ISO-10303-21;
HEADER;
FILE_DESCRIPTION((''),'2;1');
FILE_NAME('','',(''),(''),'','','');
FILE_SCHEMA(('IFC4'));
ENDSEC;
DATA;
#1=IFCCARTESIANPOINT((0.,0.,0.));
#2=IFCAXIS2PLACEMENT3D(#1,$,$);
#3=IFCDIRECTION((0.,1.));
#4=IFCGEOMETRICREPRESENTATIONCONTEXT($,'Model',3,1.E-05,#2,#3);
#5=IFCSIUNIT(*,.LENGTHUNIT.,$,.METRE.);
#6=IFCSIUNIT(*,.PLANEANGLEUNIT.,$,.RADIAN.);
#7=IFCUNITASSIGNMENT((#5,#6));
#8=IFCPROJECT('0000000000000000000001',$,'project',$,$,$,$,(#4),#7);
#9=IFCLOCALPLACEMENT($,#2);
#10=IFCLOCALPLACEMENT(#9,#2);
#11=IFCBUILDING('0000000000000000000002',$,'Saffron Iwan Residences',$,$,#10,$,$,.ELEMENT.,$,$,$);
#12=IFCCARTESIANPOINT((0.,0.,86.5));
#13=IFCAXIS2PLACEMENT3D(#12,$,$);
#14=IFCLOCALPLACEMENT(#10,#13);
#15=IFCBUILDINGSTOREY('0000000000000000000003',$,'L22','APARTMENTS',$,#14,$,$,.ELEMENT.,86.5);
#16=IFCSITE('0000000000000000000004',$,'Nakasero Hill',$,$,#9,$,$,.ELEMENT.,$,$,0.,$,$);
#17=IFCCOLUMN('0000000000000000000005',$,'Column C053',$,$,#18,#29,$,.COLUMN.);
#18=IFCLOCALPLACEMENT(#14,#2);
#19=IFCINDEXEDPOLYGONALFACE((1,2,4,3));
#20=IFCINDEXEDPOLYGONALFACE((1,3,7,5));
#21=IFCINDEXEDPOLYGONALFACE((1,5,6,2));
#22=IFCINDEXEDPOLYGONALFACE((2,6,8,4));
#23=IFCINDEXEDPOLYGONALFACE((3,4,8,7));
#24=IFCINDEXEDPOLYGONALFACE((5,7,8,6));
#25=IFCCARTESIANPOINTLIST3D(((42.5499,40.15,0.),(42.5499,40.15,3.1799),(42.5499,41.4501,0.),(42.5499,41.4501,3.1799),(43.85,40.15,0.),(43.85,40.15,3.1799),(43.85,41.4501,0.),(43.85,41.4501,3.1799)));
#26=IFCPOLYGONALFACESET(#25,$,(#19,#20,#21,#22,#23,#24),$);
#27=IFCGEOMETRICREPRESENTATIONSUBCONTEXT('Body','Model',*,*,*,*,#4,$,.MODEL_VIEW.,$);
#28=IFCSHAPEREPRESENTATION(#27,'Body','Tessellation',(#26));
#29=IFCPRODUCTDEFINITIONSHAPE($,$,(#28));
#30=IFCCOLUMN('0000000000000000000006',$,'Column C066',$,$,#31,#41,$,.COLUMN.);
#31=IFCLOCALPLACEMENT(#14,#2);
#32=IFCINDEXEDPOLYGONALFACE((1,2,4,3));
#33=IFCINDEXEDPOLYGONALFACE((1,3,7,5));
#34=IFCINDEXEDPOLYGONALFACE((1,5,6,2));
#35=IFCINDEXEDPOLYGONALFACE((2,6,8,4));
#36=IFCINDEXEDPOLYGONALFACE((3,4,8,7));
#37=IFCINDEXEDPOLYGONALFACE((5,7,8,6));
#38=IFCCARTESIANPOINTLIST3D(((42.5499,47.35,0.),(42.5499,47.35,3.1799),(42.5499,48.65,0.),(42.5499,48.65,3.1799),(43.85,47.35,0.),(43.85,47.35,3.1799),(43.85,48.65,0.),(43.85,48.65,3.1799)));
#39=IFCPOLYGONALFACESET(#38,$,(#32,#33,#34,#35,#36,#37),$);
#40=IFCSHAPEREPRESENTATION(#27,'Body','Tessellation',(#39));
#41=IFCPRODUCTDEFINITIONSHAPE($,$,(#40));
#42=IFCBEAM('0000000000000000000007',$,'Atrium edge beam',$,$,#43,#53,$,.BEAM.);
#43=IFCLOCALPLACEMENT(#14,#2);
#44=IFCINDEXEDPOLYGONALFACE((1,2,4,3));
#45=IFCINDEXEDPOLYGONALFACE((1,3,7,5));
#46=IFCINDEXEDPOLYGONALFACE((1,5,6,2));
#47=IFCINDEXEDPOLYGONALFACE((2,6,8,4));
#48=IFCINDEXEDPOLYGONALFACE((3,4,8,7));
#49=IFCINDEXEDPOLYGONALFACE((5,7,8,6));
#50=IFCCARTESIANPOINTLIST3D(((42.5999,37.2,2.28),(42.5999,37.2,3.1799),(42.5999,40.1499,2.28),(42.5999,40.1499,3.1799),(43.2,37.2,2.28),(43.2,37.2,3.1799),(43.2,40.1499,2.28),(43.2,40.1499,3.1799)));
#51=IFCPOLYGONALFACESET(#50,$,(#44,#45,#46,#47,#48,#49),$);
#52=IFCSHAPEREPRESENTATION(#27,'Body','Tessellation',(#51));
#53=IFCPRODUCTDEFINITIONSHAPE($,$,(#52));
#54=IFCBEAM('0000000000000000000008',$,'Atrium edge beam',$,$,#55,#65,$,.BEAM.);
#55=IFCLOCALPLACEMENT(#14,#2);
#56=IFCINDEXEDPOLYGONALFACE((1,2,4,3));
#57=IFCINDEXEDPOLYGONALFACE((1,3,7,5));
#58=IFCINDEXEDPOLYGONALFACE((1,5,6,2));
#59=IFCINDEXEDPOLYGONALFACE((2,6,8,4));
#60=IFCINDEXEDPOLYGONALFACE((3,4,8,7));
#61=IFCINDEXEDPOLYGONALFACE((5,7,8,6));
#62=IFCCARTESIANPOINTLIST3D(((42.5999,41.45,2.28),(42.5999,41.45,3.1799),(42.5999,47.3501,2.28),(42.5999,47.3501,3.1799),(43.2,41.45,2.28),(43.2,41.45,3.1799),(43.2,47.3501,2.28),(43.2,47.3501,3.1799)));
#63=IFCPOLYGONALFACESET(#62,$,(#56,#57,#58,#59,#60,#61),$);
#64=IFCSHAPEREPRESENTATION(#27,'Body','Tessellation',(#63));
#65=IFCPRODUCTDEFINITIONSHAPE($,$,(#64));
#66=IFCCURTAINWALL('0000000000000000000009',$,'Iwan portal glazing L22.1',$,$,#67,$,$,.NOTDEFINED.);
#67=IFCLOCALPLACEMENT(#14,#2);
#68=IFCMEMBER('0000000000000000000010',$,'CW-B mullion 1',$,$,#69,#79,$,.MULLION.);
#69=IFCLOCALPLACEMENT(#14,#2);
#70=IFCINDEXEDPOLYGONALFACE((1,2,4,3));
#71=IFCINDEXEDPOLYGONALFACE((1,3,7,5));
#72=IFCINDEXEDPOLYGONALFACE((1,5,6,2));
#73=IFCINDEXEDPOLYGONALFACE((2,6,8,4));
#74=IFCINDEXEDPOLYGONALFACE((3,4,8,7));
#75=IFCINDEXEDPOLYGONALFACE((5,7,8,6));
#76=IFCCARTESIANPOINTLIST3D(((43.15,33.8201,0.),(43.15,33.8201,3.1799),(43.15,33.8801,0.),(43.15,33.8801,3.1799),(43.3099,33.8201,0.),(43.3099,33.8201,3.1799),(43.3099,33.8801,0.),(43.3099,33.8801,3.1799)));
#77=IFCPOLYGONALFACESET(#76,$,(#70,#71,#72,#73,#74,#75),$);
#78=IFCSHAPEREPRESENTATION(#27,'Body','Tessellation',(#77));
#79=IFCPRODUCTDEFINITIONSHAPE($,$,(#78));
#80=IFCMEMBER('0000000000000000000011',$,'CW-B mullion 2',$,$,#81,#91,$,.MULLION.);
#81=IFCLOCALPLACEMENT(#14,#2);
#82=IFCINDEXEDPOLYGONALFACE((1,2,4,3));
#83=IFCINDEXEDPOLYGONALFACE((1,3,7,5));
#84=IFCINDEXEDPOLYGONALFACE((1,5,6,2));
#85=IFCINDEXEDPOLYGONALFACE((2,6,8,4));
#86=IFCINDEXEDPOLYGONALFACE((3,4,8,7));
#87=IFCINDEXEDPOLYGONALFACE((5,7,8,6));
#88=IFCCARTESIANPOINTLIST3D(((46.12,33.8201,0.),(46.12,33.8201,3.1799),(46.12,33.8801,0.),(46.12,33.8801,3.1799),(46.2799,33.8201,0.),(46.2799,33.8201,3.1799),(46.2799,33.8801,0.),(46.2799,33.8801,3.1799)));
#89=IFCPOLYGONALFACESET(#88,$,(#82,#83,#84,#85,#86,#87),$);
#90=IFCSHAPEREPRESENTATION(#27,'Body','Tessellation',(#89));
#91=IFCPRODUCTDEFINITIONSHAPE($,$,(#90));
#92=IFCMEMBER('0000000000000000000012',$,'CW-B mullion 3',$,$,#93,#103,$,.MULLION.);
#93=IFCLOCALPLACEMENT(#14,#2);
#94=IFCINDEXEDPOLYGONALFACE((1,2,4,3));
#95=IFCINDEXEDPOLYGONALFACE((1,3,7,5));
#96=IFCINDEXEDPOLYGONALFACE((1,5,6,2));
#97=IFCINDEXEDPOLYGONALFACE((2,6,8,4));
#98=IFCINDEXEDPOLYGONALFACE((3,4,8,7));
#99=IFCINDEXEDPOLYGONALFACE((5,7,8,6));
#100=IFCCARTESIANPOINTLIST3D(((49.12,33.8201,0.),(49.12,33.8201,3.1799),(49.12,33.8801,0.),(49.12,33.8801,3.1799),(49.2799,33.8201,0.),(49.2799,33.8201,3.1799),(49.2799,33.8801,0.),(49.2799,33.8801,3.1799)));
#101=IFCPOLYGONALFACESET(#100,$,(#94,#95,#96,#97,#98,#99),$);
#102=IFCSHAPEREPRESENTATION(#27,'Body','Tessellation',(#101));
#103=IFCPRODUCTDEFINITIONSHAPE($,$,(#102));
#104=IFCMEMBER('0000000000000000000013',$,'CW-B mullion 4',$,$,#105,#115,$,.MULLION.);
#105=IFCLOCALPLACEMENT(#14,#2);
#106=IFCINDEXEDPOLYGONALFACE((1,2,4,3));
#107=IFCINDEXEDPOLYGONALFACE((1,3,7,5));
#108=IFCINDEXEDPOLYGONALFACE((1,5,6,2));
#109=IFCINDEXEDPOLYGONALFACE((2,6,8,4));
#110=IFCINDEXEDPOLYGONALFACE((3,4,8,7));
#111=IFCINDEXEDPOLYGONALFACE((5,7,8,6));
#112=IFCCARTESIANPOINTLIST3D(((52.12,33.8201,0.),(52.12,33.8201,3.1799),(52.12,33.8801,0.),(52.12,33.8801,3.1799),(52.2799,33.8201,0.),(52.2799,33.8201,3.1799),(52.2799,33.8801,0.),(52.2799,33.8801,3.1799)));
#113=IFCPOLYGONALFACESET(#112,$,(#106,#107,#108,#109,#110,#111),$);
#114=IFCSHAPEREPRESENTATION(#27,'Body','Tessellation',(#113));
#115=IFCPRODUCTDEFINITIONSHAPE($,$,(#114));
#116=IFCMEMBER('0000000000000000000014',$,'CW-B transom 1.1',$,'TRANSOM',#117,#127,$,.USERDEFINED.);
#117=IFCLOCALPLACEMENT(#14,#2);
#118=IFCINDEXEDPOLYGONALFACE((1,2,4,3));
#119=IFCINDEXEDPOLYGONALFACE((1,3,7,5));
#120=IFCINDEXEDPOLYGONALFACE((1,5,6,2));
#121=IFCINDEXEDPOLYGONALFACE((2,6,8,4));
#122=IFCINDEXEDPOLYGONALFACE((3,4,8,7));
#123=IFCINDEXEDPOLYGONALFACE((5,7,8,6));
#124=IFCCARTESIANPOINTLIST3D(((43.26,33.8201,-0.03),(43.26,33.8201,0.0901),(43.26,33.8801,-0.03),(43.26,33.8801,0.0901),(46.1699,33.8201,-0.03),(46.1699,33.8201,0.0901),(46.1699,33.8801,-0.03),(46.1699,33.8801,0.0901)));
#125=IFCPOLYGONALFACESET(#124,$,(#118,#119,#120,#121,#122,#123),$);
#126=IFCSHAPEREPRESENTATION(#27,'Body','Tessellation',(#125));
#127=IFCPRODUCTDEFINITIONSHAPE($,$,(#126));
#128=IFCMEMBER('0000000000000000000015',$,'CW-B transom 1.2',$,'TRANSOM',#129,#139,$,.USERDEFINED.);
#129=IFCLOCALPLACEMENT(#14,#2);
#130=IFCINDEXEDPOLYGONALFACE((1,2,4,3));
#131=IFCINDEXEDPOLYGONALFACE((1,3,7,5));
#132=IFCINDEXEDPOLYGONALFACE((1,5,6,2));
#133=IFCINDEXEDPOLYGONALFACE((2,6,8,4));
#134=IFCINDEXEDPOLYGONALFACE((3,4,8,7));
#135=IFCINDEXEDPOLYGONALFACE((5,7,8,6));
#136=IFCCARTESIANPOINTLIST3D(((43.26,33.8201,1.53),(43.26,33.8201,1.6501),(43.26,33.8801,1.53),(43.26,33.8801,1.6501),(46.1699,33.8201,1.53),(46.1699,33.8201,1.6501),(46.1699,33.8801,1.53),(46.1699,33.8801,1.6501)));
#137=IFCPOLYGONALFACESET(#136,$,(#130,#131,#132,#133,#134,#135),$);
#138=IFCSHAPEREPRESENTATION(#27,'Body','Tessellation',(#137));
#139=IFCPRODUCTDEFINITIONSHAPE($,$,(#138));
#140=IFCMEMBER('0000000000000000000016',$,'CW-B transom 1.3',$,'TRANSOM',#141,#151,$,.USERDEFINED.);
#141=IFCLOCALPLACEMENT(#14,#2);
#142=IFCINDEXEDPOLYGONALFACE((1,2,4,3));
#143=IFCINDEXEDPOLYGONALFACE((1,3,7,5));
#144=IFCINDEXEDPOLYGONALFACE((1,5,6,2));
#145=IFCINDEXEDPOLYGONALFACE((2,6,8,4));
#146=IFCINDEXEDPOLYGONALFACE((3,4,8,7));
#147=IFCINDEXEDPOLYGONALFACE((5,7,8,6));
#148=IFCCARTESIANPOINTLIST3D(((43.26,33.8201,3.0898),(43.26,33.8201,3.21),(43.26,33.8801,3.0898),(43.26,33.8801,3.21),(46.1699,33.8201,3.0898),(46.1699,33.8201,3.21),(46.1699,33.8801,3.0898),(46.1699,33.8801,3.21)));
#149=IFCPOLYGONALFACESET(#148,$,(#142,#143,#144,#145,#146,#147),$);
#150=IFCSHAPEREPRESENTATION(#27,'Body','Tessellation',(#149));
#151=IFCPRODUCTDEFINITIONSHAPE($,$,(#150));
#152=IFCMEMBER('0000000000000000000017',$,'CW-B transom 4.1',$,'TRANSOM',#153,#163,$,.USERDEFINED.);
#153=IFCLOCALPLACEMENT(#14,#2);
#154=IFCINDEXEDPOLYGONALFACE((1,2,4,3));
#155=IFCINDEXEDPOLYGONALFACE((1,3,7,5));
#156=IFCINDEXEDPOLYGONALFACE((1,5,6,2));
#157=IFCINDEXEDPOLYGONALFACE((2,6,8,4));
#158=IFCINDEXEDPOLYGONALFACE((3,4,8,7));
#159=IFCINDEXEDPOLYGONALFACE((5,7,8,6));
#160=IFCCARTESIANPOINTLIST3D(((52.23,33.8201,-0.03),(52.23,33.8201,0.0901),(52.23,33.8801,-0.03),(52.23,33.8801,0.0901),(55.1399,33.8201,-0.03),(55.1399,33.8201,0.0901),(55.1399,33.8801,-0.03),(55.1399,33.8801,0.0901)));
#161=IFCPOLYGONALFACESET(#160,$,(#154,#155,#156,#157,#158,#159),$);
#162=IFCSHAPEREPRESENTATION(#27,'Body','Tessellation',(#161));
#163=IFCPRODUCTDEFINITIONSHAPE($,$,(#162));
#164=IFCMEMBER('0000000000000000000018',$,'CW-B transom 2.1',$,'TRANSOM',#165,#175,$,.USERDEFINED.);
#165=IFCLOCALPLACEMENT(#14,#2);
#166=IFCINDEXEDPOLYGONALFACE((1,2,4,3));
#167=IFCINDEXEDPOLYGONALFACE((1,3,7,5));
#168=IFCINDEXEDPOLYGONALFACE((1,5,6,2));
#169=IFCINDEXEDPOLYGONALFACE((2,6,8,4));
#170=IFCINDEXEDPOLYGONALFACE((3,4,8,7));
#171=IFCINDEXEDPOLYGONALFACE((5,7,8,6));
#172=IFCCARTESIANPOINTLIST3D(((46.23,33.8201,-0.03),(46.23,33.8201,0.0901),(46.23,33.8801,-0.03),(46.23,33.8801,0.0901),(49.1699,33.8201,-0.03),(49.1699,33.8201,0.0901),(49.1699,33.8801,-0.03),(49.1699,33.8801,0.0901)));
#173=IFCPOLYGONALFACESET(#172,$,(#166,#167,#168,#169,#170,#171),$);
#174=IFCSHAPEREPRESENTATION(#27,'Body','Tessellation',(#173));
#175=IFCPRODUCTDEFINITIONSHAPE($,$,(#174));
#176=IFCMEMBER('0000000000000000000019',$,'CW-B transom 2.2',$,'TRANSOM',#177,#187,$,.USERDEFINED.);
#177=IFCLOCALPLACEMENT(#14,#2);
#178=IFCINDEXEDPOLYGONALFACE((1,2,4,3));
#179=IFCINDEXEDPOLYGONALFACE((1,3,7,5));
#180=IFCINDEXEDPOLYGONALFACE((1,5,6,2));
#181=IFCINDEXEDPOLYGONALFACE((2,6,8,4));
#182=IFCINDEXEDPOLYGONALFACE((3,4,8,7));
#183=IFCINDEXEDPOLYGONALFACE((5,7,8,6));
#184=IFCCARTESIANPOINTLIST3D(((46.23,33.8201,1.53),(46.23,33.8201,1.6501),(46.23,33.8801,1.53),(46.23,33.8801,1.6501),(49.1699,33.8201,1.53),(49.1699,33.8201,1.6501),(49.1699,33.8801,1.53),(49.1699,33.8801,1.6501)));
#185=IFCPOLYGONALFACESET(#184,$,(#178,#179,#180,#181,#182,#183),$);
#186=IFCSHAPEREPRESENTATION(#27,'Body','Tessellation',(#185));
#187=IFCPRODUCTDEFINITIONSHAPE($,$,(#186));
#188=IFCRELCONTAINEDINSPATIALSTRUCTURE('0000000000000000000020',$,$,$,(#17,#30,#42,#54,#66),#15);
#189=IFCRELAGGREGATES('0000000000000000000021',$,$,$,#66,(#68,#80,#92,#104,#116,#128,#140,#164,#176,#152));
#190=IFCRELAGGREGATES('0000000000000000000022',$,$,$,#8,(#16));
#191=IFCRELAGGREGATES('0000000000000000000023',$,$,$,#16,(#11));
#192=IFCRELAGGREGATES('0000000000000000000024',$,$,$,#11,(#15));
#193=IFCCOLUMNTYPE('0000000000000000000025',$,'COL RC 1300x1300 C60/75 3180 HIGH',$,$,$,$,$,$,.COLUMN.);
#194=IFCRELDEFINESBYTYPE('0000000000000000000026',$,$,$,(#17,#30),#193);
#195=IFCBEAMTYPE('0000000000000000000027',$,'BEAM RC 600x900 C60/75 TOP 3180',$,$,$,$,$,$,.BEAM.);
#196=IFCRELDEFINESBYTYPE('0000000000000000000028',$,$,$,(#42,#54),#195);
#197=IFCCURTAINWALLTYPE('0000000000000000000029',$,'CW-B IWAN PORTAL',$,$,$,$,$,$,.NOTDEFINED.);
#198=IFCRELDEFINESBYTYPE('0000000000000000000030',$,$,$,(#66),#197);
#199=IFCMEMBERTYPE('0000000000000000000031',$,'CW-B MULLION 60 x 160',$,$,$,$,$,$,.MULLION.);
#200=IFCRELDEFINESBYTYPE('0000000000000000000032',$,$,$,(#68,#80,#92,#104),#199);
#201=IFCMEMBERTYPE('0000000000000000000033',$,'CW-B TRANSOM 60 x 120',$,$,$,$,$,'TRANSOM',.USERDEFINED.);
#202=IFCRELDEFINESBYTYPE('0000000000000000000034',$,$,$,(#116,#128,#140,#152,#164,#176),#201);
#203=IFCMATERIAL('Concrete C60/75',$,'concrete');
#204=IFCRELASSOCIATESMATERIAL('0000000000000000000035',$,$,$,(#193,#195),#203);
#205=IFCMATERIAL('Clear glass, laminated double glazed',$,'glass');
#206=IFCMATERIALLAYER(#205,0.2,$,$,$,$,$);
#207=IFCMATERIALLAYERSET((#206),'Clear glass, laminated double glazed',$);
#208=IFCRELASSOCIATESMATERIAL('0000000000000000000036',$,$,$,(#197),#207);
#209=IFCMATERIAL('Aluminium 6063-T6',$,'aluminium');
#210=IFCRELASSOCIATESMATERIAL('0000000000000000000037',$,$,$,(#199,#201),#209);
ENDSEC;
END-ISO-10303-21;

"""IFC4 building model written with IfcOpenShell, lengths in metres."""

from ifc_helpers import new_model, si_unit, direction, frame, origin, origin_2d, place, context, subcontext, project, spatial, rectangle, extrude, source, transform, mapped, material, layer, layer_set, material_profile, profile_set, type_object, element, aggregate, save


model = new_model("IFC4")

# Units and contexts
model_context = context("Model", 3, precision=1e-05, world=origin(), true_north=direction((0.0, 1.0)))
body_context = subcontext(model_context, "Body", "Model", "MODEL_VIEW")
ifc_project = project(units=[si_unit("LENGTHUNIT", "METRE"), si_unit("PLANEANGLEUNIT", "RADIAN")], contexts=[model_context])

# Site, building, storey
site_placement = place(None, origin())
site = spatial("IfcSite", under=ifc_project, at=site_placement, Name="Nakasero Hill", CompositionType="ELEMENT", RefElevation=0.0)
building_placement = place(site_placement, origin())
building = spatial("IfcBuilding", under=site, at=building_placement, Name="Saffron Iwan Residences", CompositionType="ELEMENT")
storey_placement = place(building_placement, frame((0.0, 0.0, 86.5)))
storey = spatial("IfcBuildingStorey", under=building, at=storey_placement, Name="L22", Description="APARTMENTS", CompositionType="ELEMENT", Elevation=86.5)

# Columns
ifc_material_1 = material(Name="Concrete C60/75", Category="concrete")
ifc_material_profile_1 = material_profile(ifc_material_1, rectangle(XDim=1.3, YDim=1.3, at=origin_2d()), Name="RC 1300x1300")
ifc_profile_set_1 = profile_set([ifc_material_profile_1], Name="Concrete C60/75")
column_type = type_object("IfcColumnType", Name="COL RC 1300x1300 C60/75 3180 HIGH", PredefinedType="COLUMN", material=ifc_profile_set_1)
shared_shape_1 = source(origin(), body_context, "Body", "SweptSolid", [
    extrude(rectangle(XDim=1.3, YDim=1.3, at=origin_2d()), origin(), (0.0, 0.0, 1.0), 3.1799),
])
for number, where, z_axis, x_axis, name in (
    (1, (43.2, 40.8, 0.0), (0.0, 0.0, 1.0), (1.0, 0.0, 0.0), "Column C053"),
    (2, (43.2, 48.0, 0.0), (0.0, 0.0, 1.0), (1.0, 0.0, 0.0), "Column C066"),
):
    element("IfcColumn", number, at=place(storey_placement, frame(where, z_axis=z_axis, x_axis=x_axis)), inside=storey, type_object=column_type, Name=name, PredefinedType="COLUMN", context=body_context, shape_type="MappedRepresentation", body=[
        mapped(shared_shape_1, transform((0.0, 0.0, 0.0))),
    ])

# Beams
ifc_material_profile_2 = material_profile(ifc_material_1, rectangle(XDim=0.6001, YDim=0.8999, at=origin_2d()), Name="RC 600x900")
ifc_profile_set_2 = profile_set([ifc_material_profile_2], Name="Concrete C60/75")
beam_type = type_object("IfcBeamType", Name="BEAM RC 600x900 C60/75 TOP 3180", PredefinedType="BEAM", material=ifc_profile_set_2)
shared_shape_2 = source(origin(), body_context, "Body", "SweptSolid", [
    extrude(rectangle(XDim=0.6001, YDim=0.8999, at=origin_2d()), origin(), (0.0, 0.0, 1.0), 2.95),
])
beam_1_placement = place(storey_placement, frame((42.8999, 37.2, 2.73), z_axis=(0.0, 1.0, 0.0), x_axis=(-1.0, 0.0, 0.0)))
element("IfcBeam", 3, at=beam_1_placement, inside=storey, type_object=beam_type, Name="Atrium edge beam", PredefinedType="BEAM", context=body_context, shape_type="MappedRepresentation", body=[
    mapped(shared_shape_2, transform((0.0, 0.0, 0.0))),
])
shared_shape_3 = source(origin(), body_context, "Body", "SweptSolid", [
    extrude(rectangle(XDim=0.6001, YDim=0.8999, at=origin_2d()), origin(), (0.0, 0.0, 1.0), 5.9001),
])
beam_2_placement = place(storey_placement, frame((42.8999, 41.45, 2.73), z_axis=(0.0, 1.0, 0.0), x_axis=(-1.0, 0.0, 0.0)))
element("IfcBeam", 4, at=beam_2_placement, inside=storey, type_object=beam_type, Name="Atrium edge beam", PredefinedType="BEAM", context=body_context, shape_type="MappedRepresentation", body=[
    mapped(shared_shape_3, transform((0.0, 0.0, 0.0))),
])

# Curtain wall, members
ifc_material_2 = material(Name="Clear glass, laminated double glazed", Category="glass")
ifc_layer_1 = layer(ifc_material_2, 0.2)
ifc_layer_set_1 = layer_set([ifc_layer_1], Name="Clear glass, laminated double glazed")
curtain_wall_type = type_object("IfcCurtainWallType", Name="CW-B IWAN PORTAL", PredefinedType="NOTDEFINED", material=ifc_layer_set_1)
curtain_wall_placement = place(storey_placement, origin())
curtain_wall = element("IfcCurtainWall", 5, at=curtain_wall_placement, inside=storey, type_object=curtain_wall_type, Name="Iwan portal glazing L22.1", PredefinedType="NOTDEFINED")
ifc_material_3 = material(Name="Aluminium 6063-T6", Category="aluminium")
ifc_material_profile_3 = material_profile(ifc_material_3, rectangle(XDim=0.0601, YDim=0.1599, at=origin_2d()), Name="CW-B MULLION 60 x 160")
ifc_profile_set_3 = profile_set([ifc_material_profile_3], Name="Aluminium 6063-T6")
member_type_1 = type_object("IfcMemberType", Name="CW-B MULLION 60 x 160", PredefinedType="MULLION", material=ifc_profile_set_3)
shared_shape_4 = source(origin(), body_context, "Body", "SweptSolid", [
    extrude(rectangle(XDim=0.0601, YDim=0.1599, at=origin_2d()), origin(), (0.0, 0.0, 1.0), 3.1799),
])
member_1_placement = place(storey_placement, frame((43.23, 33.8501, 0.0), z_axis=(0.0, 0.0, 1.0), x_axis=(0.0, 1.0, 0.0)))
member_1 = element("IfcMember", 6, at=member_1_placement, type_object=member_type_1, Name="CW-B mullion 1", PredefinedType="MULLION", context=body_context, shape_type="MappedRepresentation", body=[
    mapped(shared_shape_4, transform((0.0, 0.0, 0.0))),
])
member_2_placement = place(storey_placement, frame((46.2, 33.8501, 0.0), z_axis=(0.0, 0.0, 1.0), x_axis=(0.0, 1.0, 0.0)))
member_2 = element("IfcMember", 7, at=member_2_placement, type_object=member_type_1, Name="CW-B mullion 2", PredefinedType="MULLION", context=body_context, shape_type="MappedRepresentation", body=[
    mapped(shared_shape_4, transform((0.0, 0.0, 0.0))),
])
member_3_placement = place(storey_placement, frame((49.2, 33.8501, 0.0), z_axis=(0.0, 0.0, 1.0), x_axis=(0.0, 1.0, 0.0)))
member_3 = element("IfcMember", 8, at=member_3_placement, type_object=member_type_1, Name="CW-B mullion 3", PredefinedType="MULLION", context=body_context, shape_type="MappedRepresentation", body=[
    mapped(shared_shape_4, transform((0.0, 0.0, 0.0))),
])
member_4_placement = place(storey_placement, frame((52.2, 33.8501, 0.0), z_axis=(0.0, 0.0, 1.0), x_axis=(0.0, 1.0, 0.0)))
member_4 = element("IfcMember", 9, at=member_4_placement, type_object=member_type_1, Name="CW-B mullion 4", PredefinedType="MULLION", context=body_context, shape_type="MappedRepresentation", body=[
    mapped(shared_shape_4, transform((0.0, 0.0, 0.0))),
])
ifc_material_profile_4 = material_profile(ifc_material_3, rectangle(XDim=0.0601, YDim=0.1201, at=origin_2d()), Name="CW-B TRANSOM 60 x 120")
ifc_profile_set_4 = profile_set([ifc_material_profile_4], Name="Aluminium 6063-T6")
member_type_2 = type_object("IfcMemberType", Name="CW-B TRANSOM 60 x 120", ElementType="TRANSOM", PredefinedType="USERDEFINED", material=ifc_profile_set_4)
shared_shape_5 = source(origin(), body_context, "Body", "SweptSolid", [
    extrude(rectangle(XDim=0.0601, YDim=0.1201, at=origin_2d()), origin(), (0.0, 0.0, 1.0), 2.9099),
])
member_5_placement = place(storey_placement, frame((43.26, 33.8501, 0.03), z_axis=(1.0, 0.0, 0.0), x_axis=(0.0, 1.0, 0.0)))
member_5 = element("IfcMember", 10, at=member_5_placement, type_object=member_type_2, Name="CW-B transom 1.1", ObjectType="TRANSOM", PredefinedType="USERDEFINED", context=body_context, shape_type="MappedRepresentation", body=[
    mapped(shared_shape_5, transform((0.0, 0.0, 0.0))),
])
member_6_placement = place(storey_placement, frame((43.26, 33.8501, 1.5901), z_axis=(1.0, 0.0, 0.0), x_axis=(0.0, 1.0, 0.0)))
member_6 = element("IfcMember", 11, at=member_6_placement, type_object=member_type_2, Name="CW-B transom 1.2", ObjectType="TRANSOM", PredefinedType="USERDEFINED", context=body_context, shape_type="MappedRepresentation", body=[
    mapped(shared_shape_5, transform((0.0, 0.0, 0.0))),
])
member_7_placement = place(storey_placement, frame((43.26, 33.8501, 3.1499), z_axis=(1.0, 0.0, 0.0), x_axis=(0.0, 1.0, 0.0)))
member_7 = element("IfcMember", 12, at=member_7_placement, type_object=member_type_2, Name="CW-B transom 1.3", ObjectType="TRANSOM", PredefinedType="USERDEFINED", context=body_context, shape_type="MappedRepresentation", body=[
    mapped(shared_shape_5, transform((0.0, 0.0, 0.0))),
])
member_8_placement = place(storey_placement, frame((52.23, 33.8501, 0.03), z_axis=(1.0, 0.0, 0.0), x_axis=(0.0, 1.0, 0.0)))
member_8 = element("IfcMember", 13, at=member_8_placement, type_object=member_type_2, Name="CW-B transom 4.1", ObjectType="TRANSOM", PredefinedType="USERDEFINED", context=body_context, shape_type="MappedRepresentation", body=[
    mapped(shared_shape_5, transform((0.0, 0.0, 0.0))),
])
shared_shape_6 = source(origin(), body_context, "Body", "SweptSolid", [
    extrude(rectangle(XDim=0.0601, YDim=0.1201, at=origin_2d()), origin(), (0.0, 0.0, 1.0), 2.9399),
])
member_9_placement = place(storey_placement, frame((46.23, 33.8501, 0.03), z_axis=(1.0, 0.0, 0.0), x_axis=(0.0, 1.0, 0.0)))
member_9 = element("IfcMember", 14, at=member_9_placement, type_object=member_type_2, Name="CW-B transom 2.1", ObjectType="TRANSOM", PredefinedType="USERDEFINED", context=body_context, shape_type="MappedRepresentation", body=[
    mapped(shared_shape_6, transform((0.0, 0.0, 0.0))),
])
member_10_placement = place(storey_placement, frame((46.23, 33.8501, 1.5901), z_axis=(1.0, 0.0, 0.0), x_axis=(0.0, 1.0, 0.0)))
member_10 = element("IfcMember", 15, at=member_10_placement, type_object=member_type_2, Name="CW-B transom 2.2", ObjectType="TRANSOM", PredefinedType="USERDEFINED", context=body_context, shape_type="MappedRepresentation", body=[
    mapped(shared_shape_6, transform((0.0, 0.0, 0.0))),
])
aggregate(curtain_wall, [member_1, member_2, member_3, member_4, member_5, member_6, member_7, member_9, member_10, member_8])

save(model, "model.ifc")
